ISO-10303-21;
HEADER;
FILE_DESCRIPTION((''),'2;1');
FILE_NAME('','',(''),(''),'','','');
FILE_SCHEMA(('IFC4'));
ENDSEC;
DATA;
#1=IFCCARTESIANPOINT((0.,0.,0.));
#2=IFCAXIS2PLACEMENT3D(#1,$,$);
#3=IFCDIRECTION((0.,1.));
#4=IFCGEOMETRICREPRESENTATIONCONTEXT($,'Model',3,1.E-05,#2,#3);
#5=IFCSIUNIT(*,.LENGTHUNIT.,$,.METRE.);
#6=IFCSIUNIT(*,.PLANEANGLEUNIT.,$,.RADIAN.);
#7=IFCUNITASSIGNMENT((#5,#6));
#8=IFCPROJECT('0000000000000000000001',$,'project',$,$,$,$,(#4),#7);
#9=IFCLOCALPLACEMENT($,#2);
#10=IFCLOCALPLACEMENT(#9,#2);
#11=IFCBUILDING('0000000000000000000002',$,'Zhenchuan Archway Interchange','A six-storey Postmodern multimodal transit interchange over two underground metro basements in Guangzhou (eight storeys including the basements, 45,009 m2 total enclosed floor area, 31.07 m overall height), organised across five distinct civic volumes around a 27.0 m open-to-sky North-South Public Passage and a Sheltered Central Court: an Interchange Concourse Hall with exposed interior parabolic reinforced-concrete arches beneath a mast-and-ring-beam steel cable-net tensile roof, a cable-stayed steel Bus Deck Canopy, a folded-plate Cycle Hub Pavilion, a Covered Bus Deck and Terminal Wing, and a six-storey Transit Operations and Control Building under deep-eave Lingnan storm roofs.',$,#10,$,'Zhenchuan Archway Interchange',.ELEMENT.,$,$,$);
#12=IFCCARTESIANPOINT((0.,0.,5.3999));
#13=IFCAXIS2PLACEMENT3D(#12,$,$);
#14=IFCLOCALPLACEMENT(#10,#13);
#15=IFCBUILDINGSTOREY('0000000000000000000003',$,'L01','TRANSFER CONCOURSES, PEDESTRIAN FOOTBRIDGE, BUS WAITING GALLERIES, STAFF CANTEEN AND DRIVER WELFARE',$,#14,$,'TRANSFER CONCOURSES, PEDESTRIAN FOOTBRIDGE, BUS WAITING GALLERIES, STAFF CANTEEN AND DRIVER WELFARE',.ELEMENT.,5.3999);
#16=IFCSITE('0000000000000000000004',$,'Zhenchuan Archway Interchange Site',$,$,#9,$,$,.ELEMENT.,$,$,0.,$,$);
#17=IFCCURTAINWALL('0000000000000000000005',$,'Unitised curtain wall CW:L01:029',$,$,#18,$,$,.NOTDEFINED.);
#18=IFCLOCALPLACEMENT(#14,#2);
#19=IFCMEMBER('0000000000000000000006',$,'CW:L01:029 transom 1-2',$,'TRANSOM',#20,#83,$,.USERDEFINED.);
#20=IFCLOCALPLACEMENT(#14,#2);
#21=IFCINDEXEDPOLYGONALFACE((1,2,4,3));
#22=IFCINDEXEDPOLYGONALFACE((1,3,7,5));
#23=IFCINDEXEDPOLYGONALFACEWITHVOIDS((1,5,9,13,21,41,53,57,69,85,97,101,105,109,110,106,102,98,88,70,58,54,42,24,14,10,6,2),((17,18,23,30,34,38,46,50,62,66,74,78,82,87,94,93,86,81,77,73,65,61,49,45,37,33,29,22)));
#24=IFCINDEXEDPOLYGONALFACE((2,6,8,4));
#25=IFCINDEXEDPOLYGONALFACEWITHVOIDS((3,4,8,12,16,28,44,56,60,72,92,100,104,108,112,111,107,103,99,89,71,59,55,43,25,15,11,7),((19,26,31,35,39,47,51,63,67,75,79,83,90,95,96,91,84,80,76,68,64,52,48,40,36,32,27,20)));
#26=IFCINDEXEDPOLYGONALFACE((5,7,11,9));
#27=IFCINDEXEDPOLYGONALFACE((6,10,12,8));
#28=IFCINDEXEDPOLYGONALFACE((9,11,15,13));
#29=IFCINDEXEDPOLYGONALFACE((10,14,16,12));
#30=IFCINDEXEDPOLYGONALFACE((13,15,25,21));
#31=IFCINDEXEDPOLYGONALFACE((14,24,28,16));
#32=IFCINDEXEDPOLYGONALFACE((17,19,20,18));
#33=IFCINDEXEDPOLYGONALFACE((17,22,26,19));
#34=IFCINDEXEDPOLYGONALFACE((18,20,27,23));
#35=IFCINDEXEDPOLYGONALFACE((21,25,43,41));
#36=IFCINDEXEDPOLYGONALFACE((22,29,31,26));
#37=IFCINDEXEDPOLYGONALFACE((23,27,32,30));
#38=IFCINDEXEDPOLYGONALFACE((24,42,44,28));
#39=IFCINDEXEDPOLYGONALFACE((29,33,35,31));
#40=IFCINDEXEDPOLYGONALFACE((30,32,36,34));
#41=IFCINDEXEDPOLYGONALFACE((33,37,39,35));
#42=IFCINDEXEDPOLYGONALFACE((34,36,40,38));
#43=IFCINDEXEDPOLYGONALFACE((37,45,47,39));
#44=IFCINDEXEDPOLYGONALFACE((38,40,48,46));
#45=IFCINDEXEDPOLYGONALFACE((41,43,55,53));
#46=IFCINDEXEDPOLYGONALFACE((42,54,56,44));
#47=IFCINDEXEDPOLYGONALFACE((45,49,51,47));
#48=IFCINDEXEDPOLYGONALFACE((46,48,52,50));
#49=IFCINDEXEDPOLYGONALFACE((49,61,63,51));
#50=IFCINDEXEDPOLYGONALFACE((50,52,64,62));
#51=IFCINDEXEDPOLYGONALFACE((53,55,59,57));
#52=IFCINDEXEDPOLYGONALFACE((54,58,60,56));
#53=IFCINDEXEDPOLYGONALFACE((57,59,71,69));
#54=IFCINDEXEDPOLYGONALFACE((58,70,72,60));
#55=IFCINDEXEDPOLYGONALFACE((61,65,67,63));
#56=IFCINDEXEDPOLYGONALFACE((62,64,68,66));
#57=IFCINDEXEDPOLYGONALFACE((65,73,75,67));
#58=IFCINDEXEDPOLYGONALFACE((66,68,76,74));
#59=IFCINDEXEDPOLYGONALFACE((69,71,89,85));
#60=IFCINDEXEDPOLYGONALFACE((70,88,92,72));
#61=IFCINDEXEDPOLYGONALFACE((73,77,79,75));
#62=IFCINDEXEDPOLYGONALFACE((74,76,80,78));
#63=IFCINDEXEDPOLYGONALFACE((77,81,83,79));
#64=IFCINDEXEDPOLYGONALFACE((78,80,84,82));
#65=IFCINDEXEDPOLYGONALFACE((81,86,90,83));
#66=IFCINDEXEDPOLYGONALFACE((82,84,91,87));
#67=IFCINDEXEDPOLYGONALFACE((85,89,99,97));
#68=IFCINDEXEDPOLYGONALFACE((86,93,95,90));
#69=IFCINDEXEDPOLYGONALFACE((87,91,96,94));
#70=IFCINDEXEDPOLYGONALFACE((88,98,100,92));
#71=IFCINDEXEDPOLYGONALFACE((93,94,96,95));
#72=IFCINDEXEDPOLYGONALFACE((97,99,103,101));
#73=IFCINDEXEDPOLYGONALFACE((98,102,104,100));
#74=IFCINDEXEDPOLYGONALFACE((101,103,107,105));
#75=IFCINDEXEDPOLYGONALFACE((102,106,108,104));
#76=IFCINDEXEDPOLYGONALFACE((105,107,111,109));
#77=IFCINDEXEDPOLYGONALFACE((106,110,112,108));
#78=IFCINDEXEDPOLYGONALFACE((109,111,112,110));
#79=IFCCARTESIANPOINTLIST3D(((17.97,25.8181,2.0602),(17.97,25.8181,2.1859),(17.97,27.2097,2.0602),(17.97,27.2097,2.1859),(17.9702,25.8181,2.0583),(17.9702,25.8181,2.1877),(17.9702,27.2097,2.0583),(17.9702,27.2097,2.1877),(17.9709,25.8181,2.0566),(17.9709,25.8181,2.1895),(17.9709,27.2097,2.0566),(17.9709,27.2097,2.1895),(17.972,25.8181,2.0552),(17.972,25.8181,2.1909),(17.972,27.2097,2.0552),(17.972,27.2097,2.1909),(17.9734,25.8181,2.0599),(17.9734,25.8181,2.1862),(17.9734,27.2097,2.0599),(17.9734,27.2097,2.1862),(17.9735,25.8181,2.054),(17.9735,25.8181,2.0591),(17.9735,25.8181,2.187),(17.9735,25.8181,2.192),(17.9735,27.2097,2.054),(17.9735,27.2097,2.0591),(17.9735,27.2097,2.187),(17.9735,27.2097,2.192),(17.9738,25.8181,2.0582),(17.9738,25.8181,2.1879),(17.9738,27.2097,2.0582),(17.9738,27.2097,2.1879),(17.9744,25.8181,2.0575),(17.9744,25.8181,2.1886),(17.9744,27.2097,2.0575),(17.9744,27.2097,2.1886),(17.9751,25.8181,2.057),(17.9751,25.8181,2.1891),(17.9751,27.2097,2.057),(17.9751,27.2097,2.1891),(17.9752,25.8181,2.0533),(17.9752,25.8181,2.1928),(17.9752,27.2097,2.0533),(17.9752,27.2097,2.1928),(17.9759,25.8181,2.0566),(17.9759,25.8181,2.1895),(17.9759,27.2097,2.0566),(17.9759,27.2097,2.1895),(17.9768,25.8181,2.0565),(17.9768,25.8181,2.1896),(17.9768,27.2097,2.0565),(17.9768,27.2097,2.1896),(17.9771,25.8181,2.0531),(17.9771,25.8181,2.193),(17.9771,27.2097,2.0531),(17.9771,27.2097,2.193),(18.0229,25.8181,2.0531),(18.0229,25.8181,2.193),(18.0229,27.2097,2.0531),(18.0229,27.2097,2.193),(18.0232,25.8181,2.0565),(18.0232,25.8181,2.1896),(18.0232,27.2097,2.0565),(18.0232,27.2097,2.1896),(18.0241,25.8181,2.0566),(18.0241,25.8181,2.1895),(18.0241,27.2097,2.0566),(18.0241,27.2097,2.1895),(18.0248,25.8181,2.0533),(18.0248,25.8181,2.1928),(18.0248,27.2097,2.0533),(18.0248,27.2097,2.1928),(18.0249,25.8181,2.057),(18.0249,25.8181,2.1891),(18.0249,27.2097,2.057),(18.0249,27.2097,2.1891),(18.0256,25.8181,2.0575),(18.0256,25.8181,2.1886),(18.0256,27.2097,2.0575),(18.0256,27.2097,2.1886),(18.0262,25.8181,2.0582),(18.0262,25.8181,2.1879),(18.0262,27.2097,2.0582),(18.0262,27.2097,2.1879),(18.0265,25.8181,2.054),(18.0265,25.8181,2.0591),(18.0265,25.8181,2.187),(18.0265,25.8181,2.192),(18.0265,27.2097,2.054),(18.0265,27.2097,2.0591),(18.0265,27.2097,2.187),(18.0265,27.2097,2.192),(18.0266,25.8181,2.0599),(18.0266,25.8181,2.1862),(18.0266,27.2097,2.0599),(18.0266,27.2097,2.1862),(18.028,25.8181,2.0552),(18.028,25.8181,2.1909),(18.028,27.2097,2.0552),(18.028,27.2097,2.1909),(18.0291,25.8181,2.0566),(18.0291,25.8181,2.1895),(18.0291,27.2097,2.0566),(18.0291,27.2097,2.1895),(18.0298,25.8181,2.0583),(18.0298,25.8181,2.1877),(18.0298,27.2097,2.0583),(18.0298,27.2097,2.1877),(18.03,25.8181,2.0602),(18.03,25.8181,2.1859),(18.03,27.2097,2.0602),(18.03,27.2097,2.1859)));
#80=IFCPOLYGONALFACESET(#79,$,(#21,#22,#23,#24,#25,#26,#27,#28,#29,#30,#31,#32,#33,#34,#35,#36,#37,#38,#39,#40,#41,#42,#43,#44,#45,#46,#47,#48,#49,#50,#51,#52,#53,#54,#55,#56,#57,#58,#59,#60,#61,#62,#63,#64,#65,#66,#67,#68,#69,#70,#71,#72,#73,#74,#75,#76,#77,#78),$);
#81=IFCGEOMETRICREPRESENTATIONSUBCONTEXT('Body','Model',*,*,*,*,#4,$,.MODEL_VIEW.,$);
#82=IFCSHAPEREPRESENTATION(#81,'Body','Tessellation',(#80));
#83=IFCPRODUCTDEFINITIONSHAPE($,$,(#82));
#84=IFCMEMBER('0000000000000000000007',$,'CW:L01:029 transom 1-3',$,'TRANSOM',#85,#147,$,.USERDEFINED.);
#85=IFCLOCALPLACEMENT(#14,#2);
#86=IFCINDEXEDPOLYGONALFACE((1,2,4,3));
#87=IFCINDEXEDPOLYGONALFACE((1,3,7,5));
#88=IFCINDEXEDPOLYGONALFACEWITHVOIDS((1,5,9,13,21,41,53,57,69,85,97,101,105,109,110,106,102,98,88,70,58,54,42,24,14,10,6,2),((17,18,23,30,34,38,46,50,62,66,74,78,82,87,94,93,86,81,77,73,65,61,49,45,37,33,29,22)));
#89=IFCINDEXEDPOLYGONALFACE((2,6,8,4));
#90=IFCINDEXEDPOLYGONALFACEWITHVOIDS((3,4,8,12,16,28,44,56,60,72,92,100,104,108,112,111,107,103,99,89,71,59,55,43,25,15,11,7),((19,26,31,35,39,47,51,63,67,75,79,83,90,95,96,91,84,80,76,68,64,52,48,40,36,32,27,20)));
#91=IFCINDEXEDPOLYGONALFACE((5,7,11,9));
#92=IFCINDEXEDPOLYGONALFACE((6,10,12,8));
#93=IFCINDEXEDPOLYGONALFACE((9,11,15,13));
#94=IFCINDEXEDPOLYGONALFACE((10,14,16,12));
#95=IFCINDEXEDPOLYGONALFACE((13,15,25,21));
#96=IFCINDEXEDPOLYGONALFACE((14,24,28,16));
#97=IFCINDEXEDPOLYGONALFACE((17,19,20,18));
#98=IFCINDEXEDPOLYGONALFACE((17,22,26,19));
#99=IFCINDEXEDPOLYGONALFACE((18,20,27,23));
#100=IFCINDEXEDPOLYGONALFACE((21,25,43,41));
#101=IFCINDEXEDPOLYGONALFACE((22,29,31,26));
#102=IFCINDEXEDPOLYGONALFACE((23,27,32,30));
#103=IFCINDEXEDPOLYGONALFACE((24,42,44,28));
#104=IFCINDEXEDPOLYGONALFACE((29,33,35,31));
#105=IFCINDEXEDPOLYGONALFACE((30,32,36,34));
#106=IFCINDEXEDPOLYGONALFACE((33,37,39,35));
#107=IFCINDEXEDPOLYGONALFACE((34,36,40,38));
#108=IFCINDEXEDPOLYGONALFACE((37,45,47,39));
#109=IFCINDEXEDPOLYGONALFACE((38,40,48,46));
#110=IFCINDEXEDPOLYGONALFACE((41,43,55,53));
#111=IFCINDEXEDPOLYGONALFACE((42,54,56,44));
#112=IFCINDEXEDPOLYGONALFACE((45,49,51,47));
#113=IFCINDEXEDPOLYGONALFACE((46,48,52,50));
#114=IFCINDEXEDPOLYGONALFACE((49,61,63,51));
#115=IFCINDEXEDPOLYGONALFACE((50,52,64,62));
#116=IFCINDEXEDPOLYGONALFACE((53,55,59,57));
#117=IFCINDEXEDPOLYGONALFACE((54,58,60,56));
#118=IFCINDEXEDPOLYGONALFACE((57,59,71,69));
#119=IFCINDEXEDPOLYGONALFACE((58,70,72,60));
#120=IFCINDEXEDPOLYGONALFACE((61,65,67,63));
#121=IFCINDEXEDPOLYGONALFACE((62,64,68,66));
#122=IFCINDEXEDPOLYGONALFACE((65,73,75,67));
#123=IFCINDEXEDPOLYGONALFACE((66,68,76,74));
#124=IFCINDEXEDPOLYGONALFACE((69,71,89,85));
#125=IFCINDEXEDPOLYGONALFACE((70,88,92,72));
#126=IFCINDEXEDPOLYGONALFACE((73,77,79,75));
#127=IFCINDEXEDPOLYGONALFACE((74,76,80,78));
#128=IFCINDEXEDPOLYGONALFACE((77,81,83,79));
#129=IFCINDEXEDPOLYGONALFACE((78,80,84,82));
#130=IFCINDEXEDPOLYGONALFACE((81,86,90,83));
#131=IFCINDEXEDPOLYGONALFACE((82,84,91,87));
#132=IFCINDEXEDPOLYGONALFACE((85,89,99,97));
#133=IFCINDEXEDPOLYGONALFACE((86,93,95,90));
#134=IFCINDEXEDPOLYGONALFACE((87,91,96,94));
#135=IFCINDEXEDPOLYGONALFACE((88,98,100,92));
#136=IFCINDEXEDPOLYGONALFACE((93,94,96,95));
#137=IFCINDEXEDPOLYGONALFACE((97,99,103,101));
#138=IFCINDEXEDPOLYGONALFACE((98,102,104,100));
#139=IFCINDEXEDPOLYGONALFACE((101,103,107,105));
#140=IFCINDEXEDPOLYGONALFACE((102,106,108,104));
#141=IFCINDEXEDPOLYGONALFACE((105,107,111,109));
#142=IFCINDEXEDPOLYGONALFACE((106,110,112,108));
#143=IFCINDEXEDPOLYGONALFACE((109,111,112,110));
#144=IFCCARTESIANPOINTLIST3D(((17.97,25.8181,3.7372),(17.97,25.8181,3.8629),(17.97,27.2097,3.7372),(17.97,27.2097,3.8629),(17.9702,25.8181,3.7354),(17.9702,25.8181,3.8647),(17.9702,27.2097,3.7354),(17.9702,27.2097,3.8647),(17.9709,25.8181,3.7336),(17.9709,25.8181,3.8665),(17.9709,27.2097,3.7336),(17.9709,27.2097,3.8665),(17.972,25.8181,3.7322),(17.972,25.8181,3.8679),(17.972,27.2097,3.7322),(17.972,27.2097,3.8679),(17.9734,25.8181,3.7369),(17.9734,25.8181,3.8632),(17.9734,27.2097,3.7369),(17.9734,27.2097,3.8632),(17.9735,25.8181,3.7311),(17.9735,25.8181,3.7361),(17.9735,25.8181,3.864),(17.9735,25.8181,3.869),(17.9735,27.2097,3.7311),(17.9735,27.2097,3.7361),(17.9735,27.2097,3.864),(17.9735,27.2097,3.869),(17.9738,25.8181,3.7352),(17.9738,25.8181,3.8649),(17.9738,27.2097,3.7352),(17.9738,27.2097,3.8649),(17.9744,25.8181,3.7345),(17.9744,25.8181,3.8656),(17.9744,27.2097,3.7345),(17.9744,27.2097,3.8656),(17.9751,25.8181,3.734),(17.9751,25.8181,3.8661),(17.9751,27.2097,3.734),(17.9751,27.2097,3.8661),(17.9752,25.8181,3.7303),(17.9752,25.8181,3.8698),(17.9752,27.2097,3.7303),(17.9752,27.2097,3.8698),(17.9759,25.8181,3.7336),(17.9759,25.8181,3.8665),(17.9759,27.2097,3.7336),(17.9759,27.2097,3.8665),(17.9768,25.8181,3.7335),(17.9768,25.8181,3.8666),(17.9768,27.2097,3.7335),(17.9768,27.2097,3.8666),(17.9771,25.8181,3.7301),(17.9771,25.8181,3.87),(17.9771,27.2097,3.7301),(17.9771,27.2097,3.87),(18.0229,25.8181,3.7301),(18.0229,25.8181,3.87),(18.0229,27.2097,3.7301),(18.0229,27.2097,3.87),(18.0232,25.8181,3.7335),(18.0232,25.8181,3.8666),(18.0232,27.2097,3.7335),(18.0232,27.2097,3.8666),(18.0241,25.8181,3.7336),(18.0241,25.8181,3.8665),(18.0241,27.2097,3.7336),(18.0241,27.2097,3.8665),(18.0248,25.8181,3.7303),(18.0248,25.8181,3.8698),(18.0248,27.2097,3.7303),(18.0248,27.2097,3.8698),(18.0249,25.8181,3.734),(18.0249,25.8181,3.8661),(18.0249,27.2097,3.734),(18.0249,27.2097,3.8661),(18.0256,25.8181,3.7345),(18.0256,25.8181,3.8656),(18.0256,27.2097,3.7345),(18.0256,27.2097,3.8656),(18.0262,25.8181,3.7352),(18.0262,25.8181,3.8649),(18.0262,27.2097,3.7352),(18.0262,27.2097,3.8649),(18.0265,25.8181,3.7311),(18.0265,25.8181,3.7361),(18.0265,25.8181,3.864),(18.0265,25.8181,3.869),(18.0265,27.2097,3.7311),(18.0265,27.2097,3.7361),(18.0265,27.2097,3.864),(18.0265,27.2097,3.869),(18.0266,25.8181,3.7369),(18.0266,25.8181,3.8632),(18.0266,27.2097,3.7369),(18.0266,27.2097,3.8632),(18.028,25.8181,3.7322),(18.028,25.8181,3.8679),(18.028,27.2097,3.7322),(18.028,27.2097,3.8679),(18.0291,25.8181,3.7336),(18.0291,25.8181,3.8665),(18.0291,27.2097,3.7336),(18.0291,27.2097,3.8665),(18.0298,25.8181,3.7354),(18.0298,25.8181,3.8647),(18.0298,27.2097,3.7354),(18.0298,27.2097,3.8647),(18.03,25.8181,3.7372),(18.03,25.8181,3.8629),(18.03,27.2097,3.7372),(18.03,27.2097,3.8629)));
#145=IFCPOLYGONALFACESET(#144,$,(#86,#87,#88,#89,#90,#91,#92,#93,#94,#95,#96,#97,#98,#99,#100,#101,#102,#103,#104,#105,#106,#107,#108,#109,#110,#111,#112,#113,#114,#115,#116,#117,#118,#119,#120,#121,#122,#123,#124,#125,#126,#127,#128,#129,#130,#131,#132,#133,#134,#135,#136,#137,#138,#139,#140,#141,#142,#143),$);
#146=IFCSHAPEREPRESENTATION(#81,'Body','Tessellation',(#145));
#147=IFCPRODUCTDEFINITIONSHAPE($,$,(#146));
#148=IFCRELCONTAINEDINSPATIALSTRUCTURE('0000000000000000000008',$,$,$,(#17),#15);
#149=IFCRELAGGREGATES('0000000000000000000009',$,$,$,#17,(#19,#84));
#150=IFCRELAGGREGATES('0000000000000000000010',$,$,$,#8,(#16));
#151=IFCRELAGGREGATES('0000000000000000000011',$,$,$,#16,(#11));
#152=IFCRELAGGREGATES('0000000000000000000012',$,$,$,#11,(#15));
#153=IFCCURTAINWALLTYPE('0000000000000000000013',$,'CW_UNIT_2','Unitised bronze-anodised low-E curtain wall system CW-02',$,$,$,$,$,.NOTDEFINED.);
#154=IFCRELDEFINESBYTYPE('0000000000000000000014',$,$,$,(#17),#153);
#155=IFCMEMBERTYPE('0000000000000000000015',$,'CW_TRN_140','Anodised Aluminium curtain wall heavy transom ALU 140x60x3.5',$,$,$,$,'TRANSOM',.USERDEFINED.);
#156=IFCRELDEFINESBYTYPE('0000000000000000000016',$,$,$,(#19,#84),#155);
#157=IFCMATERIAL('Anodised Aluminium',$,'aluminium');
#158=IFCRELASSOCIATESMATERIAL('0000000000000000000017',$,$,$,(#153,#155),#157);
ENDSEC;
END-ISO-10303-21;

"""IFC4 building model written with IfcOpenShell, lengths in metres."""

from ifc_helpers import new_model, si_unit, direction, frame, origin, origin_2d, place, context, subcontext, project, spatial, hollow_rectangle, extrude, material, material_profile, profile_set, type_object, element, aggregate, save


model = new_model("IFC4")

# Units and contexts
model_context = context("Model", 3, precision=1e-05, world=origin(), true_north=direction((0.0, 1.0)))
body_context = subcontext(model_context, "Body", "Model", "MODEL_VIEW")
ifc_project = project(units=[si_unit("LENGTHUNIT", "METRE"), si_unit("PLANEANGLEUNIT", "RADIAN")], contexts=[model_context])

# Site, building, storey
site_placement = place(None, origin())
site = spatial("IfcSite", under=ifc_project, at=site_placement, Name="Zhenchuan Archway Interchange Site", CompositionType="ELEMENT", RefElevation=0.0)
building_placement = place(site_placement, origin())
building = spatial("IfcBuilding", under=site, at=building_placement, Name="Zhenchuan Archway Interchange", Description="A six-storey Postmodern multimodal transit interchange over two underground metro basements in Guangzhou (eight storeys including the basements, 45,009 m2 total enclosed floor area, 31.07 m overall height), organised across five distinct civic volumes around a 27.0 m open-to-sky North-South Public Passage and a Sheltered Central Court: an Interchange Concourse Hall with exposed interior parabolic reinforced-concrete arches beneath a mast-and-ring-beam steel cable-net tensile roof, a cable-stayed steel Bus Deck Canopy, a folded-plate Cycle Hub Pavilion, a Covered Bus Deck and Terminal Wing, and a six-storey Transit Operations and Control Building under deep-eave Lingnan storm roofs.", LongName="Zhenchuan Archway Interchange", CompositionType="ELEMENT")
storey_placement = place(building_placement, frame((0.0, 0.0, 5.3999)))
storey = spatial("IfcBuildingStorey", under=building, at=storey_placement, Name="L01", Description="TRANSFER CONCOURSES, PEDESTRIAN FOOTBRIDGE, BUS WAITING GALLERIES, STAFF CANTEEN AND DRIVER WELFARE", LongName="TRANSFER CONCOURSES, PEDESTRIAN FOOTBRIDGE, BUS WAITING GALLERIES, STAFF CANTEEN AND DRIVER WELFARE", CompositionType="ELEMENT", Elevation=5.3999)

# Curtain wall
ifc_material_1 = material(Name="Anodised Aluminium", Category="aluminium")
curtain_wall_type_1 = type_object("IfcCurtainWallType", Name="CW_UNIT_2", Description="Unitised bronze-anodised low-E curtain wall system CW-02", PredefinedType="NOTDEFINED", material=ifc_material_1)
curtain_wall_1_placement = place(storey_placement, origin())
curtain_wall_1 = element("IfcCurtainWall", 1, at=curtain_wall_1_placement, inside=storey, type_object=curtain_wall_type_1, Name="Unitised curtain wall CW:L01:029", PredefinedType="NOTDEFINED")

# Members
ifc_material_profile_1 = material_profile(ifc_material_1, hollow_rectangle(XDim=0.0601, YDim=0.1399, WallThickness=0.0034, InnerFilletRadius=0.0034, OuterFilletRadius=0.0071, at=origin_2d()), Name="ALU 140x60x3.5")
ifc_profile_set_1 = profile_set([ifc_material_profile_1], Name="Anodised Aluminium")
member_type_1 = type_object("IfcMemberType", Name="CW_TRN_140", Description="Anodised Aluminium curtain wall heavy transom ALU 140x60x3.5", ElementType="TRANSOM", PredefinedType="USERDEFINED", material=ifc_profile_set_1)
member_1_placement = place(storey_placement, frame((18.0, 25.8181, 2.123), z_axis=(0.0, 1.0, 0.0), x_axis=(-1.0, 0.0, 0.0)))
member_1 = element("IfcMember", 2, at=member_1_placement, type_object=member_type_1, Name="CW:L01:029 transom 1-2", ObjectType="TRANSOM", PredefinedType="USERDEFINED", context=body_context, shape_type="SweptSolid", body=[
    extrude(hollow_rectangle(XDim=0.0601, YDim=0.1399, WallThickness=0.0034, InnerFilletRadius=0.0034, OuterFilletRadius=0.0071, at=origin_2d()), origin(), (0.0, 0.0, 1.0), 1.3916),
])
member_2_placement = place(storey_placement, frame((18.0, 25.8181, 3.8), z_axis=(0.0, 1.0, 0.0), x_axis=(-1.0, 0.0, 0.0)))
member_2 = element("IfcMember", 3, at=member_2_placement, type_object=member_type_1, Name="CW:L01:029 transom 1-3", ObjectType="TRANSOM", PredefinedType="USERDEFINED", context=body_context, shape_type="SweptSolid", body=[
    extrude(hollow_rectangle(XDim=0.0601, YDim=0.1399, WallThickness=0.0034, InnerFilletRadius=0.0034, OuterFilletRadius=0.0071, at=origin_2d()), origin(), (0.0, 0.0, 1.0), 1.3916),
])

aggregate(curtain_wall_1, [member_1, member_2])

save(model, "model.ifc")
